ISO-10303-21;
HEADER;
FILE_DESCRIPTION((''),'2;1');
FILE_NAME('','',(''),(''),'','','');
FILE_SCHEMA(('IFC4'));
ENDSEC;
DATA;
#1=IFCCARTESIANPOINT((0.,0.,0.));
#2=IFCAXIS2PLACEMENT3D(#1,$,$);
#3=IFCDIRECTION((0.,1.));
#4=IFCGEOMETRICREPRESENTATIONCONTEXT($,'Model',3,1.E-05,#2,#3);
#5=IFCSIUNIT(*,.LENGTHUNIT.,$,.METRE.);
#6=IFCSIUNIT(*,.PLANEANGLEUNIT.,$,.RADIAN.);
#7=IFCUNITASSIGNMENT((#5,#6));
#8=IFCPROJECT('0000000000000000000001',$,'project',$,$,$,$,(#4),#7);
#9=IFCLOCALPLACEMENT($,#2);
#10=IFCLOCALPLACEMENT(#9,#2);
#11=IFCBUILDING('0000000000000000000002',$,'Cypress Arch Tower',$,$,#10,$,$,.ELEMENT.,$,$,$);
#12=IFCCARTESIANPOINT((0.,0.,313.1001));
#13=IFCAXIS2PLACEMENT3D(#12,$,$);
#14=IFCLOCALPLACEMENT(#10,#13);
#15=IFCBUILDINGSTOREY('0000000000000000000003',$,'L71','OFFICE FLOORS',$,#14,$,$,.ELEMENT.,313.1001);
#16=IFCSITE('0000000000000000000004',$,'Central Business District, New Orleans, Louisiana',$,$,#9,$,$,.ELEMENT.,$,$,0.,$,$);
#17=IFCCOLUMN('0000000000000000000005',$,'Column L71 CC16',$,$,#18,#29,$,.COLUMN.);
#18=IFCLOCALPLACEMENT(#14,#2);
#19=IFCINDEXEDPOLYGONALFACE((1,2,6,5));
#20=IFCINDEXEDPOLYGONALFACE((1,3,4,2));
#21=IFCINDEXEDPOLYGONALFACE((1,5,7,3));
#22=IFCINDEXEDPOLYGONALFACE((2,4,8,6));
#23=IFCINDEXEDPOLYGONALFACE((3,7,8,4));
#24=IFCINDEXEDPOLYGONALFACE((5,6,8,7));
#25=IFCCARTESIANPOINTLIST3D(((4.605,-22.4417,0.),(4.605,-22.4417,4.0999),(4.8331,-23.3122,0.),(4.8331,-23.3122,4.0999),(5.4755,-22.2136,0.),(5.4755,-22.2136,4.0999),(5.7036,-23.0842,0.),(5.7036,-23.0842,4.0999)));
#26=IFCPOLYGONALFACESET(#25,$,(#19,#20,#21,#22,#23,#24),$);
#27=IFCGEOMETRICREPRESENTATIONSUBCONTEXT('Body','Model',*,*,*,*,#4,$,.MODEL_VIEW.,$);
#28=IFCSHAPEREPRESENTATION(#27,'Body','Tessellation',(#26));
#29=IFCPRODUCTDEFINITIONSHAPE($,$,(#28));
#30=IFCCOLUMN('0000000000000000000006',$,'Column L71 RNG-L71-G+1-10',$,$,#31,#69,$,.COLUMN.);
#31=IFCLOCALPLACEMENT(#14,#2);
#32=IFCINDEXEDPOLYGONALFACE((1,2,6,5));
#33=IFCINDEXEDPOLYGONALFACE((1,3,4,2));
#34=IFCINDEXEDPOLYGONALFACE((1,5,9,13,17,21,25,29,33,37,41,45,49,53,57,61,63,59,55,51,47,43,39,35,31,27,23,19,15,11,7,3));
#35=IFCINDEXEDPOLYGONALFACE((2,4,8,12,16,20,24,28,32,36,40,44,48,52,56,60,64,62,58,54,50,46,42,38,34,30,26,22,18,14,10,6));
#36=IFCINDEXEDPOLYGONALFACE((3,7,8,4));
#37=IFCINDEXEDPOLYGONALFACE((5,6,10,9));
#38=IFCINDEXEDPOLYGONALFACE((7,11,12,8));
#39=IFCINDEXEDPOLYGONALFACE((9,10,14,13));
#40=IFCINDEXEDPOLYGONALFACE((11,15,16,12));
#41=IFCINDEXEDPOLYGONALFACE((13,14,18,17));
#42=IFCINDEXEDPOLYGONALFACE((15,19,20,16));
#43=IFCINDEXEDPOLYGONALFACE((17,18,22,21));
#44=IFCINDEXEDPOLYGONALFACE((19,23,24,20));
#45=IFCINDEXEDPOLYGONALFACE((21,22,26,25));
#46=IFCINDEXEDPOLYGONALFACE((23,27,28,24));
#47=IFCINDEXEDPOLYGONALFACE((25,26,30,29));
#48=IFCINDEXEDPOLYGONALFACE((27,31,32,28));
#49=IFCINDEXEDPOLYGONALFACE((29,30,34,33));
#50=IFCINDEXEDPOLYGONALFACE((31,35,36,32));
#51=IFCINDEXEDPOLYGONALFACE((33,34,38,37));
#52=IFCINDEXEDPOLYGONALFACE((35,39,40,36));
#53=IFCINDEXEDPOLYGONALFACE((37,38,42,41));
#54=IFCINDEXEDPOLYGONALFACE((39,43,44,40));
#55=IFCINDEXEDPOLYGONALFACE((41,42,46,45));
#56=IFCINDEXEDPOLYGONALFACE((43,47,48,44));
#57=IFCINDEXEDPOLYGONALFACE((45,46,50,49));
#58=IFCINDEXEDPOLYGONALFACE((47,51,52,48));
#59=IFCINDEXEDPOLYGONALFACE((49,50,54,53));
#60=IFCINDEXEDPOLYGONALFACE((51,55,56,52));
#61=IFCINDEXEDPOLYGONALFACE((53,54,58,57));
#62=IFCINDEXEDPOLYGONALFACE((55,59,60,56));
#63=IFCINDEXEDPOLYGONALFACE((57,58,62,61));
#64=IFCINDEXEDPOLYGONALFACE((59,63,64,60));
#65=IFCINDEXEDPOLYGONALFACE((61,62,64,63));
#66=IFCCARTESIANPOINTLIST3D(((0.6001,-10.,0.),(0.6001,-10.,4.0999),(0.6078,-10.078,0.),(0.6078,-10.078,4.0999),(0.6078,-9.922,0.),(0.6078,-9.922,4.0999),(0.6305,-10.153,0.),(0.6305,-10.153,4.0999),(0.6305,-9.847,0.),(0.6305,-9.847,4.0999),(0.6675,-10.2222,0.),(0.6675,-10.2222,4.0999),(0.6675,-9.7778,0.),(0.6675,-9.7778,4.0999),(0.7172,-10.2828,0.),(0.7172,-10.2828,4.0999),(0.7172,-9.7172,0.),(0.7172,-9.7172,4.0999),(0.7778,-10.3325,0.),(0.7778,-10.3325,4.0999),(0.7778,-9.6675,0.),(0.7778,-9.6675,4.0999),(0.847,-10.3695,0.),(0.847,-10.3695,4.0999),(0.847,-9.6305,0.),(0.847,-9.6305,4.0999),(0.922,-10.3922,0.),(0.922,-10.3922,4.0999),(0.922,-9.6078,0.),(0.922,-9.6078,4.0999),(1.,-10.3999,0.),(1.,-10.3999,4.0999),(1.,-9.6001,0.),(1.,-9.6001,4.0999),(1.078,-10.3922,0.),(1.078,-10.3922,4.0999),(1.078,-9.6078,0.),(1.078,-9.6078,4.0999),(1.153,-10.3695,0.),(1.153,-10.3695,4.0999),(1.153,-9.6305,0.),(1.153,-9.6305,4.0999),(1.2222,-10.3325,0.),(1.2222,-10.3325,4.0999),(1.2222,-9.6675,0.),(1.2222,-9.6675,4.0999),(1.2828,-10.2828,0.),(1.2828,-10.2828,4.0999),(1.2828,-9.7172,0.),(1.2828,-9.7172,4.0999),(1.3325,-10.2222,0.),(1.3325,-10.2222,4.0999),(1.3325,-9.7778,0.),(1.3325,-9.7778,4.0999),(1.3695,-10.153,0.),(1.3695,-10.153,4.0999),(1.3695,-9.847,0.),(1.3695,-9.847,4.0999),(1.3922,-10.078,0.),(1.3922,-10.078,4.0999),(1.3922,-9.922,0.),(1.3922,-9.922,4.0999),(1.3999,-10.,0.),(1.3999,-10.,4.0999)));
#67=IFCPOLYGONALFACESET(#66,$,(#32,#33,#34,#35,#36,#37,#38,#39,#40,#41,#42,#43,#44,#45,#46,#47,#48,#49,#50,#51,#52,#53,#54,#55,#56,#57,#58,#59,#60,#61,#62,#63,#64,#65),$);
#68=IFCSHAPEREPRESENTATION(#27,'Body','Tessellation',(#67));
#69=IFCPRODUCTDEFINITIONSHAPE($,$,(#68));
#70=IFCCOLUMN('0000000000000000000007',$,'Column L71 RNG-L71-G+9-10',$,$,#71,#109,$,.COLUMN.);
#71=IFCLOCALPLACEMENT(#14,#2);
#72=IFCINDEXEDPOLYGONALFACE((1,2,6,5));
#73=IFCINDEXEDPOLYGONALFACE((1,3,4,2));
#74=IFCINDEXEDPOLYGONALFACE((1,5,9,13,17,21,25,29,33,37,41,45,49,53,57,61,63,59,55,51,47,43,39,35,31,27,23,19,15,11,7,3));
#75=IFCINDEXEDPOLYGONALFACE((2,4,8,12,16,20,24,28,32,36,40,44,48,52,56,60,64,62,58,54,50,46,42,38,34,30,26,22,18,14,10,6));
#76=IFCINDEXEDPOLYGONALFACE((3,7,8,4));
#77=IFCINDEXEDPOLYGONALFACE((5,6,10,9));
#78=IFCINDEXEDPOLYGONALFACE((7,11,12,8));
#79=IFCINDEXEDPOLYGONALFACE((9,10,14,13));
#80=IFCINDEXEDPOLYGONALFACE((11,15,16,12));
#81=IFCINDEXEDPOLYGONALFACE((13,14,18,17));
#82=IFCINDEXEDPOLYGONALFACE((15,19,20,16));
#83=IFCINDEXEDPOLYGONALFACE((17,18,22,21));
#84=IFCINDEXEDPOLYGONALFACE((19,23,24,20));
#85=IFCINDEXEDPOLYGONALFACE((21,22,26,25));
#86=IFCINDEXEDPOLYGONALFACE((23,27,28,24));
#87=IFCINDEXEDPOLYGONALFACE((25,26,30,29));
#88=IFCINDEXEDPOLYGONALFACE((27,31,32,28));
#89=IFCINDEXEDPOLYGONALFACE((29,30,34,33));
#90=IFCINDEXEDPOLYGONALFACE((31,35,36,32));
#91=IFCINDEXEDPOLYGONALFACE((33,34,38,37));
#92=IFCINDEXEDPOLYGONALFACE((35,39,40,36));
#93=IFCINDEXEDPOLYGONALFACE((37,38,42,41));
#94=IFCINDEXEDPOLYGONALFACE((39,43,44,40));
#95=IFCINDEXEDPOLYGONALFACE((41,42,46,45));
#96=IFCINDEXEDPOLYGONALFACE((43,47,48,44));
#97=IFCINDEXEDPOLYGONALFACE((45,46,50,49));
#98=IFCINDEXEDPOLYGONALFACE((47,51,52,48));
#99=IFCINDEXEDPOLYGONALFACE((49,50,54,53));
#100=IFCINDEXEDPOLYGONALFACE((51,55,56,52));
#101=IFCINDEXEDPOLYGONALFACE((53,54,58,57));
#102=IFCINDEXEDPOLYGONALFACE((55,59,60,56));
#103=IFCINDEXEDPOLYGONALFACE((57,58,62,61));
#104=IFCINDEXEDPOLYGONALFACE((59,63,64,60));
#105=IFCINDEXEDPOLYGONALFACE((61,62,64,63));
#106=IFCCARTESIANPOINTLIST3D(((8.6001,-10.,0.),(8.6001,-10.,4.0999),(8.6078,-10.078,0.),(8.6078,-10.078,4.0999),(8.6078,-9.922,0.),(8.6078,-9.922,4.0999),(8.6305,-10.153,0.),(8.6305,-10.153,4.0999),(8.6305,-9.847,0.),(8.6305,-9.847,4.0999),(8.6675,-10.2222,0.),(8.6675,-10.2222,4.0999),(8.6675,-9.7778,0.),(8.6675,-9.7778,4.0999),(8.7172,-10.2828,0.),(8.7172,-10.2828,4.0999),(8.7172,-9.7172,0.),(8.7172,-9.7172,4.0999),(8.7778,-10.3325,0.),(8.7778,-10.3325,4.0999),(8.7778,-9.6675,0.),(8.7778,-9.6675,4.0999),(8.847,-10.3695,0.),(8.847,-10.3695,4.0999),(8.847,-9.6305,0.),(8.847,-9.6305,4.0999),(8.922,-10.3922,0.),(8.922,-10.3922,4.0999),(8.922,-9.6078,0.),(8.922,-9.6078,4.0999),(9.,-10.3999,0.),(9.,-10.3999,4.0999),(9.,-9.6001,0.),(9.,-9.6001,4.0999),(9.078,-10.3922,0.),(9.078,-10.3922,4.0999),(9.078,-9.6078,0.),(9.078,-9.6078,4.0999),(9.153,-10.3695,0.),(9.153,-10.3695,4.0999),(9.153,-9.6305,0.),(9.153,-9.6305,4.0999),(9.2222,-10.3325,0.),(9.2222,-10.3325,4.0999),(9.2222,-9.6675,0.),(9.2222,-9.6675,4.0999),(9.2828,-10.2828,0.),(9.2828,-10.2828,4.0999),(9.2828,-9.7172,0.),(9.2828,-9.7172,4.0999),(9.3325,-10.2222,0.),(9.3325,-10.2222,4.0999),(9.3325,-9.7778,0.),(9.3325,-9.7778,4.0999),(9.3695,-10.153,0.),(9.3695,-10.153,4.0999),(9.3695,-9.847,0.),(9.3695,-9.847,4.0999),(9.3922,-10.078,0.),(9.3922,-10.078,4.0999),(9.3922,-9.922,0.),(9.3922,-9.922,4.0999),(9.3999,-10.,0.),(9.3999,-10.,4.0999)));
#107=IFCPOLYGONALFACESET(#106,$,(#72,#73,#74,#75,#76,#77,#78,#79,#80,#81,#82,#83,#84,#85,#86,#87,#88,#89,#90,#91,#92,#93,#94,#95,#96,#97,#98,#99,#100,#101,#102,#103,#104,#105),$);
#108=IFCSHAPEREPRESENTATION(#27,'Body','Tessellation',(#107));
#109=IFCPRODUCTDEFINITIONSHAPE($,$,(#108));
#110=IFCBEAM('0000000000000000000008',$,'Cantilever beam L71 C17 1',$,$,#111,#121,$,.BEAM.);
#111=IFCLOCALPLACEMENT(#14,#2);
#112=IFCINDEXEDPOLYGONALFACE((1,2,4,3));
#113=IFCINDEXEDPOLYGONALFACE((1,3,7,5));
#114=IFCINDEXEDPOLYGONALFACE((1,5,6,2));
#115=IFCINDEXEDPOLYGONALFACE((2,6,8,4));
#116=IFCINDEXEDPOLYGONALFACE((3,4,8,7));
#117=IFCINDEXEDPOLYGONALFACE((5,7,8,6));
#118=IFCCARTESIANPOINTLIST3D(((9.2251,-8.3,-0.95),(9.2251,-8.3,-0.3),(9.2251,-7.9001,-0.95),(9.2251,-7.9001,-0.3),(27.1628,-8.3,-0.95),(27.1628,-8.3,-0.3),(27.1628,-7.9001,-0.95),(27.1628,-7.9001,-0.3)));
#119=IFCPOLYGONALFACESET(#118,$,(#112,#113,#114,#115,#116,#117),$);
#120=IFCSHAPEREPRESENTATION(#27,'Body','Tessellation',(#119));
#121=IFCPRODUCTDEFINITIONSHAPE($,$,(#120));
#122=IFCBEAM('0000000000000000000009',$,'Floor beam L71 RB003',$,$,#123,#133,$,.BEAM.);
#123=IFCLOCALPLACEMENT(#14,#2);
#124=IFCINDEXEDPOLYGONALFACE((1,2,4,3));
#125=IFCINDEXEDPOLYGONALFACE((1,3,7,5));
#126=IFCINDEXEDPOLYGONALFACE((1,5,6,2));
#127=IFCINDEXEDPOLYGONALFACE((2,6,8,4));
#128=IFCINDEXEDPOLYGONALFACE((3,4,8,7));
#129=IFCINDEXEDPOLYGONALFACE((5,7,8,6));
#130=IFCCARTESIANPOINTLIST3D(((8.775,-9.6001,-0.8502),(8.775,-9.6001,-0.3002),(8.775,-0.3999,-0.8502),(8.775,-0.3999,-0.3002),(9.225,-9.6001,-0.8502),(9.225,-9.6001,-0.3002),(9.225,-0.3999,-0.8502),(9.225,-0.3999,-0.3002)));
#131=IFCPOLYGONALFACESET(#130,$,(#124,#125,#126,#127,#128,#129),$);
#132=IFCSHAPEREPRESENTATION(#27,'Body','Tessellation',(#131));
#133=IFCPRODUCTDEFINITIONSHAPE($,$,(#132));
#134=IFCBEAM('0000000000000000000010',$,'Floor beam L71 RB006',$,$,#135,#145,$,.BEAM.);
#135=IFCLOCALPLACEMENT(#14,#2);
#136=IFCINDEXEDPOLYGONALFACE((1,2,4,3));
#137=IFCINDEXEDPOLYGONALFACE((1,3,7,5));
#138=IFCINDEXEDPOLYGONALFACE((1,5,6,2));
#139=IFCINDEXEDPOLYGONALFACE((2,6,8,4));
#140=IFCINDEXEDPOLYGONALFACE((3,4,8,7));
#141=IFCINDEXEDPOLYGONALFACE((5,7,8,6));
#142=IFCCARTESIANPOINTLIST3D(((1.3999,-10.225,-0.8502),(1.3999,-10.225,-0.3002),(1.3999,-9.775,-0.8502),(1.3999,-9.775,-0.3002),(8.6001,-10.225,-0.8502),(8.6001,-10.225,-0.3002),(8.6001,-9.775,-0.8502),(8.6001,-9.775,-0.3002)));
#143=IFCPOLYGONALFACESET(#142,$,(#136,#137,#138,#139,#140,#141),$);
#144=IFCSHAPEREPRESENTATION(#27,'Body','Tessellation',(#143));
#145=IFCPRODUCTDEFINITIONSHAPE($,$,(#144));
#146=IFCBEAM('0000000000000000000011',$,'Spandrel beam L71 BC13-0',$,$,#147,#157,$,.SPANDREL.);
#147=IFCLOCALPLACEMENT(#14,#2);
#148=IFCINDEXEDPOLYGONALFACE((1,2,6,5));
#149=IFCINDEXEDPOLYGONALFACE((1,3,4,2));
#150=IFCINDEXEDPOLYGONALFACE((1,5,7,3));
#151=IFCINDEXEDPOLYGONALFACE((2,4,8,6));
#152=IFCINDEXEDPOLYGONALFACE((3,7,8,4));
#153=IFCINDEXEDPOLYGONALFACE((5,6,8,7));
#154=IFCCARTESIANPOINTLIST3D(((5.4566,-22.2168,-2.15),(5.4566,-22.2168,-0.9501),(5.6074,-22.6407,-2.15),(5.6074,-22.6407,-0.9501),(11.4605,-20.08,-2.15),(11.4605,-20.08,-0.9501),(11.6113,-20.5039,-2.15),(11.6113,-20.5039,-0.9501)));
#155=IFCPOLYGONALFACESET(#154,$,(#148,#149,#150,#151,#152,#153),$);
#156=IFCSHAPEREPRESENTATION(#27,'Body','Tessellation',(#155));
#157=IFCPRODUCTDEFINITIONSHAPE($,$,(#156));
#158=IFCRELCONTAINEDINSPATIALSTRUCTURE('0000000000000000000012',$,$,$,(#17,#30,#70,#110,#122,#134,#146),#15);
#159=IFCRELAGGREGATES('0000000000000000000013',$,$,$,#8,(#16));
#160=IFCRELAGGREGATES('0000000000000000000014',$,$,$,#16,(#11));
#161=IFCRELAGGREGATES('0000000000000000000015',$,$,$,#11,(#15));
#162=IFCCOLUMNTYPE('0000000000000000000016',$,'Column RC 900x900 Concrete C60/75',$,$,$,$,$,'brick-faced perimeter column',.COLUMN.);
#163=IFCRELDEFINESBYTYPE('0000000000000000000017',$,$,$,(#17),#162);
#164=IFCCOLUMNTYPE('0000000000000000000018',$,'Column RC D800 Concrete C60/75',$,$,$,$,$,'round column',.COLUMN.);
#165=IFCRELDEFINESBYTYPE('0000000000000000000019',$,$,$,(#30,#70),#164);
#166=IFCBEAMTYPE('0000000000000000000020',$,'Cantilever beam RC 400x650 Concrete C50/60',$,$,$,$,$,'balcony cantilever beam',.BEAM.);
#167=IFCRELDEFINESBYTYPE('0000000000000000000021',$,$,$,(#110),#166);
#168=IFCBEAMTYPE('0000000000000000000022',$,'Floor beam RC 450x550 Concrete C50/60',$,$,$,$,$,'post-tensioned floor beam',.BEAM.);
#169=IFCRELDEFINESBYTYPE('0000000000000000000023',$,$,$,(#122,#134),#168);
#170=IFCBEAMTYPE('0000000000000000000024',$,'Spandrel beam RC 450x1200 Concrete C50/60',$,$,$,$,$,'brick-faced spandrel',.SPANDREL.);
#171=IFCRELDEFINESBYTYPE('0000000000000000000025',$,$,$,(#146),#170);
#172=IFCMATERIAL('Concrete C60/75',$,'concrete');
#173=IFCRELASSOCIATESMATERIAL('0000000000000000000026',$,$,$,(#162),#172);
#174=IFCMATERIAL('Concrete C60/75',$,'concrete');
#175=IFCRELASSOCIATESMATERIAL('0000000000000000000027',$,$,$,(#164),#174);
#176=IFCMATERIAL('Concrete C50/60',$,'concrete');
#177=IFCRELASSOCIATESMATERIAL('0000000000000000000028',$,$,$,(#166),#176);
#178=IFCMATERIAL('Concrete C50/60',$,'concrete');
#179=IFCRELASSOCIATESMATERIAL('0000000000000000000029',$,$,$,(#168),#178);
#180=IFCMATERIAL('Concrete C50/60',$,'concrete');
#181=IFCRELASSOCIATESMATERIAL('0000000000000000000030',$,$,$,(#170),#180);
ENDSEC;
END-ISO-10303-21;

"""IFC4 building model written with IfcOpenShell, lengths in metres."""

from ifc_helpers import new_model, si_unit, direction, frame, origin, origin_2d, place, context, subcontext, project, spatial, rectangle, circle, extrude, material, material_profile, profile_set, type_object, element, save


model = new_model("IFC4")

# Units and contexts
model_context = context("Model", 3, precision=1e-05, world=origin(), true_north=direction((0.0, 1.0)))
body_context = subcontext(model_context, "Body", "Model", "MODEL_VIEW")
ifc_project = project(units=[si_unit("LENGTHUNIT", "METRE"), si_unit("PLANEANGLEUNIT", "RADIAN")], contexts=[model_context])

# Site, building, storey
site_placement = place(None, origin())
site = spatial("IfcSite", under=ifc_project, at=site_placement, Name="Central Business District, New Orleans, Louisiana", CompositionType="ELEMENT", RefElevation=0.0)
building_placement = place(site_placement, origin())
building = spatial("IfcBuilding", under=site, at=building_placement, Name="Cypress Arch Tower", CompositionType="ELEMENT")
storey_placement = place(building_placement, frame((0.0, 0.0, 313.1001)))
storey = spatial("IfcBuildingStorey", under=building, at=storey_placement, Name="L71", Description="OFFICE FLOORS", CompositionType="ELEMENT", Elevation=313.1001)

# Columns
ifc_material_1 = material(Name="Concrete C60/75", Category="concrete")
ifc_material_profile_1 = material_profile(ifc_material_1, rectangle(XDim=0.8999, YDim=0.8999, at=origin_2d()), Name="RC 900x900")
ifc_profile_set_1 = profile_set([ifc_material_profile_1], Name="Concrete C60/75")
column_type_1 = type_object("IfcColumnType", Name="Column RC 900x900 Concrete C60/75", ElementType="brick-faced perimeter column", PredefinedType="COLUMN", material=ifc_profile_set_1)
column_placement = place(storey_placement, frame((5.1543, -22.7629, 0.0), z_axis=(0.0, 0.0, 1.0), x_axis=(0.967356, 0.253422, 0.0)))
element("IfcColumn", 1, at=column_placement, inside=storey, type_object=column_type_1, Name="Column L71 CC16", PredefinedType="COLUMN", context=body_context, shape_type="SweptSolid", body=[
    extrude(rectangle(XDim=0.8999, YDim=0.8999, at=origin_2d()), origin(), (0.0, 0.0, 1.0), 4.0999),
])
ifc_material_2 = material(Name="Concrete C60/75", Category="concrete")
ifc_material_profile_2 = material_profile(ifc_material_2, circle(Radius=0.3999, at=origin_2d()), Name="RC D800")
ifc_profile_set_2 = profile_set([ifc_material_profile_2], Name="Concrete C60/75")
column_type_2 = type_object("IfcColumnType", Name="Column RC D800 Concrete C60/75", ElementType="round column", PredefinedType="COLUMN", material=ifc_profile_set_2)
for number, where, z_axis, x_axis, name in (
    (2, (1.0, -10.0, 0.0), (0.0, 0.0, 1.0), (1.0, 0.0, 0.0), "Column L71 RNG-L71-G+1-10"),
    (3, (9.0, -10.0, 0.0), (0.0, 0.0, 1.0), (1.0, 0.0, 0.0), "Column L71 RNG-L71-G+9-10"),
):
    element("IfcColumn", number, at=place(storey_placement, frame(where, z_axis=z_axis, x_axis=x_axis)), inside=storey, type_object=column_type_2, Name=name, PredefinedType="COLUMN", context=body_context, shape_type="SweptSolid", body=[
        extrude(circle(Radius=0.3999, at=origin_2d()), origin(), (0.0, 0.0, 1.0), 4.0999),
    ])

# Beams
ifc_material_3 = material(Name="Concrete C50/60", Category="concrete")
ifc_material_profile_3 = material_profile(ifc_material_3, rectangle(XDim=0.3999, YDim=0.6499, at=origin_2d()), Name="RC 400x650")
ifc_profile_set_3 = profile_set([ifc_material_profile_3], Name="Concrete C50/60")
beam_type_1 = type_object("IfcBeamType", Name="Cantilever beam RC 400x650 Concrete C50/60", ElementType="balcony cantilever beam", PredefinedType="BEAM", material=ifc_profile_set_3)
beam_1_placement = place(storey_placement, frame((9.2251, -8.1001, -0.625), z_axis=(1.0, 0.0, 0.0), x_axis=(0.0, 1.0, 0.0)))
element("IfcBeam", 4, at=beam_1_placement, inside=storey, type_object=beam_type_1, Name="Cantilever beam L71 C17 1", PredefinedType="BEAM", context=body_context, shape_type="SweptSolid", body=[
    extrude(rectangle(XDim=0.3999, YDim=0.6499, at=origin_2d()), origin(), (0.0, 0.0, 1.0), 17.9377),
])
ifc_material_4 = material(Name="Concrete C50/60", Category="concrete")
ifc_material_profile_4 = material_profile(ifc_material_4, rectangle(XDim=0.45, YDim=0.55, at=origin_2d()), Name="RC 450x550")
ifc_profile_set_4 = profile_set([ifc_material_profile_4], Name="Concrete C50/60")
beam_type_2 = type_object("IfcBeamType", Name="Floor beam RC 450x550 Concrete C50/60", ElementType="post-tensioned floor beam", PredefinedType="BEAM", material=ifc_profile_set_4)
beam_2_placement = place(storey_placement, frame((9.0, -9.6001, -0.5752), z_axis=(0.0, 1.0, 0.0), x_axis=(-1.0, 0.0, 0.0)))
element("IfcBeam", 5, at=beam_2_placement, inside=storey, type_object=beam_type_2, Name="Floor beam L71 RB003", PredefinedType="BEAM", context=body_context, shape_type="SweptSolid", body=[
    extrude(rectangle(XDim=0.45, YDim=0.55, at=origin_2d()), origin(), (0.0, 0.0, 1.0), 9.2002),
])
beam_3_placement = place(storey_placement, frame((1.3999, -10.0, -0.5752), z_axis=(1.0, 0.0, 0.0), x_axis=(0.0, 1.0, 0.0)))
element("IfcBeam", 6, at=beam_3_placement, inside=storey, type_object=beam_type_2, Name="Floor beam L71 RB006", PredefinedType="BEAM", context=body_context, shape_type="SweptSolid", body=[
    extrude(rectangle(XDim=0.45, YDim=0.55, at=origin_2d()), origin(), (0.0, 0.0, 1.0), 7.2002),
])
ifc_material_5 = material(Name="Concrete C50/60", Category="concrete")
ifc_material_profile_5 = material_profile(ifc_material_5, rectangle(XDim=0.45, YDim=1.2, at=origin_2d()), Name="RC 450x1200")
ifc_profile_set_5 = profile_set([ifc_material_profile_5], Name="Concrete C50/60")
beam_type_3 = type_object("IfcBeamType", Name="Spandrel beam RC 450x1200 Concrete C50/60", ElementType="brick-faced spandrel", PredefinedType="SPANDREL", material=ifc_profile_set_5)
beam_4_placement = place(storey_placement, frame((5.532, -22.4287, -1.55), z_axis=(0.942116, 0.335288, 0.0), x_axis=(-0.335288, 0.942116, 0.0)))
element("IfcBeam", 7, at=beam_4_placement, inside=storey, type_object=beam_type_3, Name="Spandrel beam L71 BC13-0", PredefinedType="SPANDREL", context=body_context, shape_type="SweptSolid", body=[
    extrude(rectangle(XDim=0.45, YDim=1.2, at=origin_2d()), origin(), (0.0, 0.0, 1.0), 6.3728),
])

save(model, "model.ifc")
